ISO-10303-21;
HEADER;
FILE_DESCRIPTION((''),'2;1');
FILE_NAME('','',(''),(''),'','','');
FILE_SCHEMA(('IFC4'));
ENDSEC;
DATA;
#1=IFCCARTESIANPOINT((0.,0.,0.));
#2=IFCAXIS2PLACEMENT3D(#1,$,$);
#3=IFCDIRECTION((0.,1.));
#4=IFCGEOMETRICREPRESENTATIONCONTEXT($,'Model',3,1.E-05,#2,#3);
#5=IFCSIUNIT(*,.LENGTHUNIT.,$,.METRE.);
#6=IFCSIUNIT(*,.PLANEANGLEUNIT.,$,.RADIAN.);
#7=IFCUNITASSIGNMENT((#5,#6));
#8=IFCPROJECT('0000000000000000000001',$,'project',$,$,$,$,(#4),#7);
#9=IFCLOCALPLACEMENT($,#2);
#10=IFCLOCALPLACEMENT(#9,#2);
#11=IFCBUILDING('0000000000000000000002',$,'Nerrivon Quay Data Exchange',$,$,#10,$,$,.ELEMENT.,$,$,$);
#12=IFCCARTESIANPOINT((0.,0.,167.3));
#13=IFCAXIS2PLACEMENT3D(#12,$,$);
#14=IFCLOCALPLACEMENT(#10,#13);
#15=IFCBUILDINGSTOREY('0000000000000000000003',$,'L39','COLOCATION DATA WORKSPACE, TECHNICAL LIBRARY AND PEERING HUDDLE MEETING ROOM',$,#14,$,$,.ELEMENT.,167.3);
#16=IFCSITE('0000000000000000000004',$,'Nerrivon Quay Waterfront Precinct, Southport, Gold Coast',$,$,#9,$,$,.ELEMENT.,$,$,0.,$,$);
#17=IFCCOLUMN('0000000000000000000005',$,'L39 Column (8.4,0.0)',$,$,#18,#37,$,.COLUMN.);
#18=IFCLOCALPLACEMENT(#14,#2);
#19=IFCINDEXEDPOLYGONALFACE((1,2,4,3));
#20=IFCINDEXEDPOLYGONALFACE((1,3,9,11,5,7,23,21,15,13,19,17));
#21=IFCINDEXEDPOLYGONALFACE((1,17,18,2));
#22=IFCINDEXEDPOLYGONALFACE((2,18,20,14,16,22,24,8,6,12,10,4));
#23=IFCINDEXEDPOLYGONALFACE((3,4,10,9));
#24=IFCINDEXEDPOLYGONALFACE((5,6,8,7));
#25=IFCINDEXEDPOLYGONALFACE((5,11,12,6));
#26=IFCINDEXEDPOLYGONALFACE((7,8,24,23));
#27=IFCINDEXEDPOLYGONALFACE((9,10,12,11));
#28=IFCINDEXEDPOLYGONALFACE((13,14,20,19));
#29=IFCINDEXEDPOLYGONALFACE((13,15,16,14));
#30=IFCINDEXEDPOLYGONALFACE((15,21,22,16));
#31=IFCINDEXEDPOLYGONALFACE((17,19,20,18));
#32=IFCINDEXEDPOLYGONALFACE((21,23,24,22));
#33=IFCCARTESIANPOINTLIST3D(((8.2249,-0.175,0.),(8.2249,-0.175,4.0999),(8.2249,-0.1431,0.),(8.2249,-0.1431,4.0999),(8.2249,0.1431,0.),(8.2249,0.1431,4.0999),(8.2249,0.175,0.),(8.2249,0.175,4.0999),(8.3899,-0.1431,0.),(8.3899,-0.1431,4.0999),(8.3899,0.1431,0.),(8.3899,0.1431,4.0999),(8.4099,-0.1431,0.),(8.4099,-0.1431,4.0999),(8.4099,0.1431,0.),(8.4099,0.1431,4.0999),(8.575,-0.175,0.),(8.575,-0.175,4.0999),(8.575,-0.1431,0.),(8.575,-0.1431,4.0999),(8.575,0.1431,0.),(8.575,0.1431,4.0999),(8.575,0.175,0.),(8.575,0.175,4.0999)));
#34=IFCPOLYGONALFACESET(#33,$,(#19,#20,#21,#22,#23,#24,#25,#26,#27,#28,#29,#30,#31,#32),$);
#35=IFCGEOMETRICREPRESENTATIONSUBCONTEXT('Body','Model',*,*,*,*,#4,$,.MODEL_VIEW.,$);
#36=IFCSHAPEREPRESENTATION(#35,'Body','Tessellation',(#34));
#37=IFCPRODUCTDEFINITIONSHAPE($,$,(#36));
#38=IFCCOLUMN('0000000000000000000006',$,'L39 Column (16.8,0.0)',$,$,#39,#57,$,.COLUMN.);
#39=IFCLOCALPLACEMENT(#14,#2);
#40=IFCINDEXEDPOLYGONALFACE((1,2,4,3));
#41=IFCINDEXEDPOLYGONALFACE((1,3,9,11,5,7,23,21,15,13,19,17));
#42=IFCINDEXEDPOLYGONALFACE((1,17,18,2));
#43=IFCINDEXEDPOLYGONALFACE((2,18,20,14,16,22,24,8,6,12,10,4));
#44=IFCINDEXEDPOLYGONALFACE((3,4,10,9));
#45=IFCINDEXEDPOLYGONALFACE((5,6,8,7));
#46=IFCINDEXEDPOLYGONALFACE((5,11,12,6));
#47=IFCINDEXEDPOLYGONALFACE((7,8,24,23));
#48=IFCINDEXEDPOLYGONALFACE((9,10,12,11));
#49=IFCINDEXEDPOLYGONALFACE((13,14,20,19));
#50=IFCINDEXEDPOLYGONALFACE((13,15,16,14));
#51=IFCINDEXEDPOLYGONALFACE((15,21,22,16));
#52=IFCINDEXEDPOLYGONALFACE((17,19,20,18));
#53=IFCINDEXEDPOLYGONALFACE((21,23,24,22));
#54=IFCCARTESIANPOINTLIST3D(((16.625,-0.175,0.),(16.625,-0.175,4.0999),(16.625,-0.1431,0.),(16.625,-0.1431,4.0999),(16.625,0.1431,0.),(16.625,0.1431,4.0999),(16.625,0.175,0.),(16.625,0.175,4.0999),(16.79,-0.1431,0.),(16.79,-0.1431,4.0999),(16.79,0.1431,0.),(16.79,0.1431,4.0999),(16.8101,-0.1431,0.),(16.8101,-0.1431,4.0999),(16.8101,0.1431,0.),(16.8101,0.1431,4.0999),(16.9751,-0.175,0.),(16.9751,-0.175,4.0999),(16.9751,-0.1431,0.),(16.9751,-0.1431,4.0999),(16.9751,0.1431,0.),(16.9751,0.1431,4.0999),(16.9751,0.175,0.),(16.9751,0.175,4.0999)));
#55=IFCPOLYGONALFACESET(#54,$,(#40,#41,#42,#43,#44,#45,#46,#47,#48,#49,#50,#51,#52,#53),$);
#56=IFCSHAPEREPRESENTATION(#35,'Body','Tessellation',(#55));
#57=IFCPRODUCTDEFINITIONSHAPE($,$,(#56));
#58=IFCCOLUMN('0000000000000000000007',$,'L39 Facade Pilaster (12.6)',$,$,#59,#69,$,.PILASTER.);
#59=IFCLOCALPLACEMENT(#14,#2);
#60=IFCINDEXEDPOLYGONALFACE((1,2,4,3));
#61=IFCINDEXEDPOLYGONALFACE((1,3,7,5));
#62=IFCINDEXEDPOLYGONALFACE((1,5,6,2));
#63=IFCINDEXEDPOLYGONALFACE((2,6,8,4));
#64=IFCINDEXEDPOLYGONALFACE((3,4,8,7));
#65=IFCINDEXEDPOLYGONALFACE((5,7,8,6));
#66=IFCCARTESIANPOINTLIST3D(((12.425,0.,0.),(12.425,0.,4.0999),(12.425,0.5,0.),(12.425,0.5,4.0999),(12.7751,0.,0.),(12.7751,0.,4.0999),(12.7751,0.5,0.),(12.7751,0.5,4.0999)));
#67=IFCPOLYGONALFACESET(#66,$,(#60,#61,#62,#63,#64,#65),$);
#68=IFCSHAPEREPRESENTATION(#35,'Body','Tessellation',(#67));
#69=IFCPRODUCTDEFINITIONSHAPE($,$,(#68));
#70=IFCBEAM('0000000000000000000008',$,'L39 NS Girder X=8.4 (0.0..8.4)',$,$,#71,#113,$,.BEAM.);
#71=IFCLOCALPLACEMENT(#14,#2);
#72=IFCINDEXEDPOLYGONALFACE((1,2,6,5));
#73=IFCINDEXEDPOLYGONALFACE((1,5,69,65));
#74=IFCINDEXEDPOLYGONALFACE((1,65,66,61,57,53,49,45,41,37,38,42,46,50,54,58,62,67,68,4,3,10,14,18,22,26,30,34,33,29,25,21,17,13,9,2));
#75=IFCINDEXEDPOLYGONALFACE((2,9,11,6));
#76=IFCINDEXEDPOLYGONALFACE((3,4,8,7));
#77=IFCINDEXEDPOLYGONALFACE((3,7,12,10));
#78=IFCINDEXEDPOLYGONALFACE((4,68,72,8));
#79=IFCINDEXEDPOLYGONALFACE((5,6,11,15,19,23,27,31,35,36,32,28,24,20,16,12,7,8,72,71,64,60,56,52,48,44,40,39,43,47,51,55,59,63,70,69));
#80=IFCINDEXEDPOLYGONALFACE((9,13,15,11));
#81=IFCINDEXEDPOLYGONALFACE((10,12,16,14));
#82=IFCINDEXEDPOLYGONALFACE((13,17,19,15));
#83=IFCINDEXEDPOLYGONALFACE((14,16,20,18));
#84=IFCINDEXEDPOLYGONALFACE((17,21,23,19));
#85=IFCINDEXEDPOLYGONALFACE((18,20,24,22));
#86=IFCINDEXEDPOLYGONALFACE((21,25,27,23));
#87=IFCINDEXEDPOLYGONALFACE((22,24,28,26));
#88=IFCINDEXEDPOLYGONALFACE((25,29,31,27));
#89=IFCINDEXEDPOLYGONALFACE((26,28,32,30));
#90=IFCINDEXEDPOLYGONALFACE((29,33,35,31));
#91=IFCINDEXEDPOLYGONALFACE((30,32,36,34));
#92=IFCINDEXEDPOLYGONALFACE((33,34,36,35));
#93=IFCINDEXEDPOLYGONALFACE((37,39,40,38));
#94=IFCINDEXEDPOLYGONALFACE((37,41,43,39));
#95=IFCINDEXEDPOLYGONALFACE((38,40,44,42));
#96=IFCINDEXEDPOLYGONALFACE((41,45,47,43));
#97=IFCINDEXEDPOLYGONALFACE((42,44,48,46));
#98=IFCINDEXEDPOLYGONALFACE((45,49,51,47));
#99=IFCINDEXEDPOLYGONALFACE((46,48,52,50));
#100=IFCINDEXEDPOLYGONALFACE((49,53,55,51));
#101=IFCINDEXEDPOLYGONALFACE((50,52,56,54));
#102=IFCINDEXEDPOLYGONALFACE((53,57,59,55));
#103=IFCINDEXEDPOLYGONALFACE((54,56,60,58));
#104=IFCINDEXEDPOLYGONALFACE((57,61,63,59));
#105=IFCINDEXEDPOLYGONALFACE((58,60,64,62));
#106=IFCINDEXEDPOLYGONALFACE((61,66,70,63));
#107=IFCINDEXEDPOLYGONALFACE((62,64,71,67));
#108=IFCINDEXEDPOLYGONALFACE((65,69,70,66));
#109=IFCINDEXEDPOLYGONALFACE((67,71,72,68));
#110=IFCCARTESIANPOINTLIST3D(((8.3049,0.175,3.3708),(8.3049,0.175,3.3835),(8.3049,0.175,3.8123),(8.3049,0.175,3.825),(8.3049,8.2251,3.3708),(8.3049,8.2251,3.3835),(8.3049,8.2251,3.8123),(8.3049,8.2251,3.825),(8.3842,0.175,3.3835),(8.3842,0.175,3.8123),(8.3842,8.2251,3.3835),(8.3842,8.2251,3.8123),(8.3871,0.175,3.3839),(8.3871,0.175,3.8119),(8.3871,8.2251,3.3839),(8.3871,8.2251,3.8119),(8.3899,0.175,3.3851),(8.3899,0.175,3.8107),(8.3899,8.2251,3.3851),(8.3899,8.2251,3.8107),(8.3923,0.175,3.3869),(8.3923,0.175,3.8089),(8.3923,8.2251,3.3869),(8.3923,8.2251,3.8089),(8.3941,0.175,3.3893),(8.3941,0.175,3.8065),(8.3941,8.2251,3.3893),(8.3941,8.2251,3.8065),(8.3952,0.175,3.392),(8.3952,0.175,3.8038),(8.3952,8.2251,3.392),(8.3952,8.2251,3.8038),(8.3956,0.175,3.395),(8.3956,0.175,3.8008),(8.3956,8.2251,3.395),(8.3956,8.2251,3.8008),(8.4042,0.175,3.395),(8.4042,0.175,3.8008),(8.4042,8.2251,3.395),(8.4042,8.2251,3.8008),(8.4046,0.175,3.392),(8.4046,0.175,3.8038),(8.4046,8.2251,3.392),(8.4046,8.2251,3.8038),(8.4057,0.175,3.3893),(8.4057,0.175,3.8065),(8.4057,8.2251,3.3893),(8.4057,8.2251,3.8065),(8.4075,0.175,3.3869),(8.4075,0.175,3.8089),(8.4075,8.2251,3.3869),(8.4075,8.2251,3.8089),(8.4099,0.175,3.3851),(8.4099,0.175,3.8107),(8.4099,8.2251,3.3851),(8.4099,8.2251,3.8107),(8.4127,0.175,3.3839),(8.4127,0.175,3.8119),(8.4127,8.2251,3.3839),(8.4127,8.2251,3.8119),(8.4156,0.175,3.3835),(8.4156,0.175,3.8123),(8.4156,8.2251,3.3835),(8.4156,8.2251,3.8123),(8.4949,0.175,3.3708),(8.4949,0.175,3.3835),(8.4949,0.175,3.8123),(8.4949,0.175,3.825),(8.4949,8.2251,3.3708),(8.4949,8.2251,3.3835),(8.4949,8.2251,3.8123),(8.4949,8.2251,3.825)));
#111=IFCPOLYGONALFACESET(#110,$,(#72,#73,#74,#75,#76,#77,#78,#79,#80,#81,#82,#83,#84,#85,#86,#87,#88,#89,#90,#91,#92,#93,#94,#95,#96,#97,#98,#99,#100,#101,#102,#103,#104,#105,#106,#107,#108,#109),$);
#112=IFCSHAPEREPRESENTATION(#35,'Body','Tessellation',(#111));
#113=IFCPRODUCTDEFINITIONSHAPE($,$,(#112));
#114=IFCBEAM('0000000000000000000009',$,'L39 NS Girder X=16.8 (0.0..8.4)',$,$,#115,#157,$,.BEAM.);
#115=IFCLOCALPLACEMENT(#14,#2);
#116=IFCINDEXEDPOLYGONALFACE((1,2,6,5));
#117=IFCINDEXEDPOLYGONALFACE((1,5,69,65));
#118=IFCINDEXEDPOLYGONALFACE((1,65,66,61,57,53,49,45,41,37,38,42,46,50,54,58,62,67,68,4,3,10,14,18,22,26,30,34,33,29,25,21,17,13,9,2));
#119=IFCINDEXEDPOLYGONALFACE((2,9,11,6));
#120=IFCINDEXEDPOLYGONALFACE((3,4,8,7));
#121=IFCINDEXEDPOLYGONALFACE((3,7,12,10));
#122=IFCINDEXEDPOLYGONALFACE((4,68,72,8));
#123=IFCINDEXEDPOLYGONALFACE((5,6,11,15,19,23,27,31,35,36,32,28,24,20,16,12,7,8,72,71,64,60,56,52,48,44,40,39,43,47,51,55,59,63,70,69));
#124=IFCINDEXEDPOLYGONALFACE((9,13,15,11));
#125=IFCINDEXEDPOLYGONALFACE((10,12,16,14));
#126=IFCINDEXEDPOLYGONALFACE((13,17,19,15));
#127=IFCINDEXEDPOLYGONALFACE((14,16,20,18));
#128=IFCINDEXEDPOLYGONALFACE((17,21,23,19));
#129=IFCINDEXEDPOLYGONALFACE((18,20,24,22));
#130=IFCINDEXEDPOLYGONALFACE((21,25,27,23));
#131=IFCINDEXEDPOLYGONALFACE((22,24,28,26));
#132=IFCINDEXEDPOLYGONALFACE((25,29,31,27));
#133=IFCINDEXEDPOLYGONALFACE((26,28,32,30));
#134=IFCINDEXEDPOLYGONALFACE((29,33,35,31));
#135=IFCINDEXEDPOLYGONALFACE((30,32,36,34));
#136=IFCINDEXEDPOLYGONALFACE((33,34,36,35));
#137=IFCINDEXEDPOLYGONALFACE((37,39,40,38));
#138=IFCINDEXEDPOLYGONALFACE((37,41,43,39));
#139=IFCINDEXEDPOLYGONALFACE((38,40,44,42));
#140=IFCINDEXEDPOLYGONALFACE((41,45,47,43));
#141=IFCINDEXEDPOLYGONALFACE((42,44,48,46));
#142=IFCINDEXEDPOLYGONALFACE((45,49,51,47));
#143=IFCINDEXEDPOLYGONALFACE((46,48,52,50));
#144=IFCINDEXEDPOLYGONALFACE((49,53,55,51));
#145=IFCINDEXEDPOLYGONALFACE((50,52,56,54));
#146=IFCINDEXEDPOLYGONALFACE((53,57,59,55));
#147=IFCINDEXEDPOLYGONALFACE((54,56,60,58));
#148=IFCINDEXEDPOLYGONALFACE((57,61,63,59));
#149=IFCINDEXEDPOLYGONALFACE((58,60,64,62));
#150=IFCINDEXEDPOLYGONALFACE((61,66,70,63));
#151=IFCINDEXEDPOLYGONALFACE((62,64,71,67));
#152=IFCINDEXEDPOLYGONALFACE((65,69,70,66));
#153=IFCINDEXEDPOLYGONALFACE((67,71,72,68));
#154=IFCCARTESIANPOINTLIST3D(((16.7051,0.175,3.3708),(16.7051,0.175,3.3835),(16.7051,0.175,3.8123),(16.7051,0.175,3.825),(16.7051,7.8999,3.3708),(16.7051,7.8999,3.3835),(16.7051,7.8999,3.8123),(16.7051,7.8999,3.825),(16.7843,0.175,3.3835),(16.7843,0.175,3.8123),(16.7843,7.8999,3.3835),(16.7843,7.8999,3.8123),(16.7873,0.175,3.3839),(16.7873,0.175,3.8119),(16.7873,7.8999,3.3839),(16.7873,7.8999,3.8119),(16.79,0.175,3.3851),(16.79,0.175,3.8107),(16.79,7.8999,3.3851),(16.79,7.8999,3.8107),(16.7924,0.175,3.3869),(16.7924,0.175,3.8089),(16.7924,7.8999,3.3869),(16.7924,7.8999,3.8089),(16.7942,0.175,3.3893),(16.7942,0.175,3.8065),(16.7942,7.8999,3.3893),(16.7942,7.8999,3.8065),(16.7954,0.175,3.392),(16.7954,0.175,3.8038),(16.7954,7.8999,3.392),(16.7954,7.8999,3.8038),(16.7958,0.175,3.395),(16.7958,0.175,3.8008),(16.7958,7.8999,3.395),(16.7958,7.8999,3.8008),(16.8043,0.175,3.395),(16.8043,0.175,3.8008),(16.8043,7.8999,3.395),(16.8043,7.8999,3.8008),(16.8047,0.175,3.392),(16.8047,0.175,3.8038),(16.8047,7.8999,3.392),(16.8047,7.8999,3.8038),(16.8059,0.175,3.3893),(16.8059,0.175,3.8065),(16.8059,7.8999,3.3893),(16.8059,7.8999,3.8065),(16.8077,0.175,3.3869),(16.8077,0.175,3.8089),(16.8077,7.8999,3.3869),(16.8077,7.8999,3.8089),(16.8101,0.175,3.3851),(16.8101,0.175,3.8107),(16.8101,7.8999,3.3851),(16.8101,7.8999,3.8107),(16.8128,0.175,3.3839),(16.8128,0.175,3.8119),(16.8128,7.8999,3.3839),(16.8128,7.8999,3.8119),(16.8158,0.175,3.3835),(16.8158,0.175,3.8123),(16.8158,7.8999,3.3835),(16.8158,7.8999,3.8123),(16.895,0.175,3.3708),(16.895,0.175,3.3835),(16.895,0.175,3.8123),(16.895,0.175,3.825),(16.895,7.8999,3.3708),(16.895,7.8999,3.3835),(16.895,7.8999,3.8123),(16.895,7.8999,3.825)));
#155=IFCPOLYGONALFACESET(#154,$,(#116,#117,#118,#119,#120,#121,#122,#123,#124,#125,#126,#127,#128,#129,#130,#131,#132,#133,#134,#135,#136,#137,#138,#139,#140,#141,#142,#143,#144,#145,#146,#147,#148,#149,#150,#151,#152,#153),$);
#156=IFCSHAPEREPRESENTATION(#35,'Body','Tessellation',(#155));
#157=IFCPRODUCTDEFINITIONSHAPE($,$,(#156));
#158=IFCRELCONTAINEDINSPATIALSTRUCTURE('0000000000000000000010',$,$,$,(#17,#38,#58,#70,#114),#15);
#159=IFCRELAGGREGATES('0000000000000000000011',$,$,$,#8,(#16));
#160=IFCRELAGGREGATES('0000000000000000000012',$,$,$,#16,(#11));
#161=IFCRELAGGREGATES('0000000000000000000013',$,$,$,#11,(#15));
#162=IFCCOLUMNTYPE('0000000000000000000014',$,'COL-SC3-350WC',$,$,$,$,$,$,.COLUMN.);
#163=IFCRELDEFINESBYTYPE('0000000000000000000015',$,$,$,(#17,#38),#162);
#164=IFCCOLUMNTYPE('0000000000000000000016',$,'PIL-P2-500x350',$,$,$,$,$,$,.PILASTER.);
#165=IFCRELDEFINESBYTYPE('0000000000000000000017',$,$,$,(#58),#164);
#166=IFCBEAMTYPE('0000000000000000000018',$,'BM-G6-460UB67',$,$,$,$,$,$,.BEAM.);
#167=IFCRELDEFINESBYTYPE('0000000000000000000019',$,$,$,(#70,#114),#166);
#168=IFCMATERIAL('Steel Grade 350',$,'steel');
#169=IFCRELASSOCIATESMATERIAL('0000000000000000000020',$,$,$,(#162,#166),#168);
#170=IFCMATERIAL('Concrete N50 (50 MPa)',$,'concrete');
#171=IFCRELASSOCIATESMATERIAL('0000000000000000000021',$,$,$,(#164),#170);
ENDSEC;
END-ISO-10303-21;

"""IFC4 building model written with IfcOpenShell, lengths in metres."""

from ifc_helpers import new_model, si_unit, direction, frame, origin, origin_2d, place, context, subcontext, project, spatial, rectangle, i_section, extrude, material, material_profile, profile_set, type_object, element, save


model = new_model("IFC4")

# Units and contexts
model_context = context("Model", 3, precision=1e-05, world=origin(), true_north=direction((0.0, 1.0)))
body_context = subcontext(model_context, "Body", "Model", "MODEL_VIEW")
ifc_project = project(units=[si_unit("LENGTHUNIT", "METRE"), si_unit("PLANEANGLEUNIT", "RADIAN")], contexts=[model_context])

# Site, building, storey
site_placement = place(None, origin())
site = spatial("IfcSite", under=ifc_project, at=site_placement, Name="Nerrivon Quay Waterfront Precinct, Southport, Gold Coast", CompositionType="ELEMENT", RefElevation=0.0)
building_placement = place(site_placement, origin())
building = spatial("IfcBuilding", under=site, at=building_placement, Name="Nerrivon Quay Data Exchange", CompositionType="ELEMENT")
storey_placement = place(building_placement, frame((0.0, 0.0, 167.3)))
storey = spatial("IfcBuildingStorey", under=building, at=storey_placement, Name="L39", Description="COLOCATION DATA WORKSPACE, TECHNICAL LIBRARY AND PEERING HUDDLE MEETING ROOM", CompositionType="ELEMENT", Elevation=167.3)

# Columns
ifc_material_1 = material(Name="Steel Grade 350", Category="steel")
ifc_material_profile_1 = material_profile(ifc_material_1, i_section(OverallWidth=0.3501, OverallDepth=0.3501, WebThickness=0.02, FlangeThickness=0.032, at=origin_2d()), Name="350WC230")
ifc_profile_set_1 = profile_set([ifc_material_profile_1], Name="Steel Grade 350")
column_type_1 = type_object("IfcColumnType", Name="COL-SC3-350WC", PredefinedType="COLUMN", material=ifc_profile_set_1)
for number, where, z_axis, x_axis, name in (
    (1, (8.3999, 0.0, 0.0), (0.0, 0.0, 1.0), (1.0, 0.0, 0.0), "L39 Column (8.4,0.0)"),
    (2, (16.8, 0.0, 0.0), (0.0, 0.0, 1.0), (1.0, 0.0, 0.0), "L39 Column (16.8,0.0)"),
):
    element("IfcColumn", number, at=place(storey_placement, frame(where, z_axis=z_axis, x_axis=x_axis)), inside=storey, type_object=column_type_1, Name=name, PredefinedType="COLUMN", context=body_context, shape_type="SweptSolid", body=[
        extrude(i_section(OverallWidth=0.3501, OverallDepth=0.3501, WebThickness=0.02, FlangeThickness=0.032, at=origin_2d()), origin(), (0.0, 0.0, 1.0), 4.0999),
    ])
ifc_material_2 = material(Name="Concrete N50 (50 MPa)", Category="concrete")
ifc_material_profile_2 = material_profile(ifc_material_2, rectangle(XDim=0.3501, YDim=0.5, at=origin_2d()), Name="RC-PIL-500x350")
ifc_profile_set_2 = profile_set([ifc_material_profile_2], Name="Concrete N50 (50 MPa)")
column_type_2 = type_object("IfcColumnType", Name="PIL-P2-500x350", PredefinedType="PILASTER", material=ifc_profile_set_2)
column_placement = place(storey_placement, frame((12.6001, 0.25, 0.0), z_axis=(0.0, 0.0, 1.0), x_axis=(1.0, 0.0, 0.0)))
element("IfcColumn", 3, at=column_placement, inside=storey, type_object=column_type_2, Name="L39 Facade Pilaster (12.6)", PredefinedType="PILASTER", context=body_context, shape_type="SweptSolid", body=[
    extrude(rectangle(XDim=0.3501, YDim=0.5, at=origin_2d()), origin(), (0.0, 0.0, 1.0), 4.0999),
])

# Beams
ifc_material_profile_3 = material_profile(ifc_material_1, i_section(OverallWidth=0.1899, OverallDepth=0.4541, WebThickness=0.0085, FlangeThickness=0.0127, FilletRadius=0.0115, at=origin_2d()), Name="460UB67.1")
ifc_profile_set_3 = profile_set([ifc_material_profile_3], Name="Steel Grade 350")
beam_type_1 = type_object("IfcBeamType", Name="BM-G6-460UB67", PredefinedType="BEAM", material=ifc_profile_set_3)
beam_1_placement = place(storey_placement, frame((8.3999, 0.175, 3.5979), z_axis=(0.0, 1.0, 0.0), x_axis=(-1.0, 0.0, 0.0)))
element("IfcBeam", 4, at=beam_1_placement, inside=storey, type_object=beam_type_1, Name="L39 NS Girder X=8.4 (0.0..8.4)", PredefinedType="BEAM", context=body_context, shape_type="SweptSolid", body=[
    extrude(i_section(OverallWidth=0.1899, OverallDepth=0.4541, WebThickness=0.0085, FlangeThickness=0.0127, FilletRadius=0.0115, at=origin_2d()), origin(), (0.0, 0.0, 1.0), 8.05),
])
beam_2_placement = place(storey_placement, frame((16.8, 0.175, 3.5979), z_axis=(0.0, 1.0, 0.0), x_axis=(-1.0, 0.0, 0.0)))
element("IfcBeam", 5, at=beam_2_placement, inside=storey, type_object=beam_type_1, Name="L39 NS Girder X=16.8 (0.0..8.4)", PredefinedType="BEAM", context=body_context, shape_type="SweptSolid", body=[
    extrude(i_section(OverallWidth=0.1899, OverallDepth=0.4541, WebThickness=0.0085, FlangeThickness=0.0127, FilletRadius=0.0115, at=origin_2d()), origin(), (0.0, 0.0, 1.0), 7.7249),
])

save(model, "model.ifc")
